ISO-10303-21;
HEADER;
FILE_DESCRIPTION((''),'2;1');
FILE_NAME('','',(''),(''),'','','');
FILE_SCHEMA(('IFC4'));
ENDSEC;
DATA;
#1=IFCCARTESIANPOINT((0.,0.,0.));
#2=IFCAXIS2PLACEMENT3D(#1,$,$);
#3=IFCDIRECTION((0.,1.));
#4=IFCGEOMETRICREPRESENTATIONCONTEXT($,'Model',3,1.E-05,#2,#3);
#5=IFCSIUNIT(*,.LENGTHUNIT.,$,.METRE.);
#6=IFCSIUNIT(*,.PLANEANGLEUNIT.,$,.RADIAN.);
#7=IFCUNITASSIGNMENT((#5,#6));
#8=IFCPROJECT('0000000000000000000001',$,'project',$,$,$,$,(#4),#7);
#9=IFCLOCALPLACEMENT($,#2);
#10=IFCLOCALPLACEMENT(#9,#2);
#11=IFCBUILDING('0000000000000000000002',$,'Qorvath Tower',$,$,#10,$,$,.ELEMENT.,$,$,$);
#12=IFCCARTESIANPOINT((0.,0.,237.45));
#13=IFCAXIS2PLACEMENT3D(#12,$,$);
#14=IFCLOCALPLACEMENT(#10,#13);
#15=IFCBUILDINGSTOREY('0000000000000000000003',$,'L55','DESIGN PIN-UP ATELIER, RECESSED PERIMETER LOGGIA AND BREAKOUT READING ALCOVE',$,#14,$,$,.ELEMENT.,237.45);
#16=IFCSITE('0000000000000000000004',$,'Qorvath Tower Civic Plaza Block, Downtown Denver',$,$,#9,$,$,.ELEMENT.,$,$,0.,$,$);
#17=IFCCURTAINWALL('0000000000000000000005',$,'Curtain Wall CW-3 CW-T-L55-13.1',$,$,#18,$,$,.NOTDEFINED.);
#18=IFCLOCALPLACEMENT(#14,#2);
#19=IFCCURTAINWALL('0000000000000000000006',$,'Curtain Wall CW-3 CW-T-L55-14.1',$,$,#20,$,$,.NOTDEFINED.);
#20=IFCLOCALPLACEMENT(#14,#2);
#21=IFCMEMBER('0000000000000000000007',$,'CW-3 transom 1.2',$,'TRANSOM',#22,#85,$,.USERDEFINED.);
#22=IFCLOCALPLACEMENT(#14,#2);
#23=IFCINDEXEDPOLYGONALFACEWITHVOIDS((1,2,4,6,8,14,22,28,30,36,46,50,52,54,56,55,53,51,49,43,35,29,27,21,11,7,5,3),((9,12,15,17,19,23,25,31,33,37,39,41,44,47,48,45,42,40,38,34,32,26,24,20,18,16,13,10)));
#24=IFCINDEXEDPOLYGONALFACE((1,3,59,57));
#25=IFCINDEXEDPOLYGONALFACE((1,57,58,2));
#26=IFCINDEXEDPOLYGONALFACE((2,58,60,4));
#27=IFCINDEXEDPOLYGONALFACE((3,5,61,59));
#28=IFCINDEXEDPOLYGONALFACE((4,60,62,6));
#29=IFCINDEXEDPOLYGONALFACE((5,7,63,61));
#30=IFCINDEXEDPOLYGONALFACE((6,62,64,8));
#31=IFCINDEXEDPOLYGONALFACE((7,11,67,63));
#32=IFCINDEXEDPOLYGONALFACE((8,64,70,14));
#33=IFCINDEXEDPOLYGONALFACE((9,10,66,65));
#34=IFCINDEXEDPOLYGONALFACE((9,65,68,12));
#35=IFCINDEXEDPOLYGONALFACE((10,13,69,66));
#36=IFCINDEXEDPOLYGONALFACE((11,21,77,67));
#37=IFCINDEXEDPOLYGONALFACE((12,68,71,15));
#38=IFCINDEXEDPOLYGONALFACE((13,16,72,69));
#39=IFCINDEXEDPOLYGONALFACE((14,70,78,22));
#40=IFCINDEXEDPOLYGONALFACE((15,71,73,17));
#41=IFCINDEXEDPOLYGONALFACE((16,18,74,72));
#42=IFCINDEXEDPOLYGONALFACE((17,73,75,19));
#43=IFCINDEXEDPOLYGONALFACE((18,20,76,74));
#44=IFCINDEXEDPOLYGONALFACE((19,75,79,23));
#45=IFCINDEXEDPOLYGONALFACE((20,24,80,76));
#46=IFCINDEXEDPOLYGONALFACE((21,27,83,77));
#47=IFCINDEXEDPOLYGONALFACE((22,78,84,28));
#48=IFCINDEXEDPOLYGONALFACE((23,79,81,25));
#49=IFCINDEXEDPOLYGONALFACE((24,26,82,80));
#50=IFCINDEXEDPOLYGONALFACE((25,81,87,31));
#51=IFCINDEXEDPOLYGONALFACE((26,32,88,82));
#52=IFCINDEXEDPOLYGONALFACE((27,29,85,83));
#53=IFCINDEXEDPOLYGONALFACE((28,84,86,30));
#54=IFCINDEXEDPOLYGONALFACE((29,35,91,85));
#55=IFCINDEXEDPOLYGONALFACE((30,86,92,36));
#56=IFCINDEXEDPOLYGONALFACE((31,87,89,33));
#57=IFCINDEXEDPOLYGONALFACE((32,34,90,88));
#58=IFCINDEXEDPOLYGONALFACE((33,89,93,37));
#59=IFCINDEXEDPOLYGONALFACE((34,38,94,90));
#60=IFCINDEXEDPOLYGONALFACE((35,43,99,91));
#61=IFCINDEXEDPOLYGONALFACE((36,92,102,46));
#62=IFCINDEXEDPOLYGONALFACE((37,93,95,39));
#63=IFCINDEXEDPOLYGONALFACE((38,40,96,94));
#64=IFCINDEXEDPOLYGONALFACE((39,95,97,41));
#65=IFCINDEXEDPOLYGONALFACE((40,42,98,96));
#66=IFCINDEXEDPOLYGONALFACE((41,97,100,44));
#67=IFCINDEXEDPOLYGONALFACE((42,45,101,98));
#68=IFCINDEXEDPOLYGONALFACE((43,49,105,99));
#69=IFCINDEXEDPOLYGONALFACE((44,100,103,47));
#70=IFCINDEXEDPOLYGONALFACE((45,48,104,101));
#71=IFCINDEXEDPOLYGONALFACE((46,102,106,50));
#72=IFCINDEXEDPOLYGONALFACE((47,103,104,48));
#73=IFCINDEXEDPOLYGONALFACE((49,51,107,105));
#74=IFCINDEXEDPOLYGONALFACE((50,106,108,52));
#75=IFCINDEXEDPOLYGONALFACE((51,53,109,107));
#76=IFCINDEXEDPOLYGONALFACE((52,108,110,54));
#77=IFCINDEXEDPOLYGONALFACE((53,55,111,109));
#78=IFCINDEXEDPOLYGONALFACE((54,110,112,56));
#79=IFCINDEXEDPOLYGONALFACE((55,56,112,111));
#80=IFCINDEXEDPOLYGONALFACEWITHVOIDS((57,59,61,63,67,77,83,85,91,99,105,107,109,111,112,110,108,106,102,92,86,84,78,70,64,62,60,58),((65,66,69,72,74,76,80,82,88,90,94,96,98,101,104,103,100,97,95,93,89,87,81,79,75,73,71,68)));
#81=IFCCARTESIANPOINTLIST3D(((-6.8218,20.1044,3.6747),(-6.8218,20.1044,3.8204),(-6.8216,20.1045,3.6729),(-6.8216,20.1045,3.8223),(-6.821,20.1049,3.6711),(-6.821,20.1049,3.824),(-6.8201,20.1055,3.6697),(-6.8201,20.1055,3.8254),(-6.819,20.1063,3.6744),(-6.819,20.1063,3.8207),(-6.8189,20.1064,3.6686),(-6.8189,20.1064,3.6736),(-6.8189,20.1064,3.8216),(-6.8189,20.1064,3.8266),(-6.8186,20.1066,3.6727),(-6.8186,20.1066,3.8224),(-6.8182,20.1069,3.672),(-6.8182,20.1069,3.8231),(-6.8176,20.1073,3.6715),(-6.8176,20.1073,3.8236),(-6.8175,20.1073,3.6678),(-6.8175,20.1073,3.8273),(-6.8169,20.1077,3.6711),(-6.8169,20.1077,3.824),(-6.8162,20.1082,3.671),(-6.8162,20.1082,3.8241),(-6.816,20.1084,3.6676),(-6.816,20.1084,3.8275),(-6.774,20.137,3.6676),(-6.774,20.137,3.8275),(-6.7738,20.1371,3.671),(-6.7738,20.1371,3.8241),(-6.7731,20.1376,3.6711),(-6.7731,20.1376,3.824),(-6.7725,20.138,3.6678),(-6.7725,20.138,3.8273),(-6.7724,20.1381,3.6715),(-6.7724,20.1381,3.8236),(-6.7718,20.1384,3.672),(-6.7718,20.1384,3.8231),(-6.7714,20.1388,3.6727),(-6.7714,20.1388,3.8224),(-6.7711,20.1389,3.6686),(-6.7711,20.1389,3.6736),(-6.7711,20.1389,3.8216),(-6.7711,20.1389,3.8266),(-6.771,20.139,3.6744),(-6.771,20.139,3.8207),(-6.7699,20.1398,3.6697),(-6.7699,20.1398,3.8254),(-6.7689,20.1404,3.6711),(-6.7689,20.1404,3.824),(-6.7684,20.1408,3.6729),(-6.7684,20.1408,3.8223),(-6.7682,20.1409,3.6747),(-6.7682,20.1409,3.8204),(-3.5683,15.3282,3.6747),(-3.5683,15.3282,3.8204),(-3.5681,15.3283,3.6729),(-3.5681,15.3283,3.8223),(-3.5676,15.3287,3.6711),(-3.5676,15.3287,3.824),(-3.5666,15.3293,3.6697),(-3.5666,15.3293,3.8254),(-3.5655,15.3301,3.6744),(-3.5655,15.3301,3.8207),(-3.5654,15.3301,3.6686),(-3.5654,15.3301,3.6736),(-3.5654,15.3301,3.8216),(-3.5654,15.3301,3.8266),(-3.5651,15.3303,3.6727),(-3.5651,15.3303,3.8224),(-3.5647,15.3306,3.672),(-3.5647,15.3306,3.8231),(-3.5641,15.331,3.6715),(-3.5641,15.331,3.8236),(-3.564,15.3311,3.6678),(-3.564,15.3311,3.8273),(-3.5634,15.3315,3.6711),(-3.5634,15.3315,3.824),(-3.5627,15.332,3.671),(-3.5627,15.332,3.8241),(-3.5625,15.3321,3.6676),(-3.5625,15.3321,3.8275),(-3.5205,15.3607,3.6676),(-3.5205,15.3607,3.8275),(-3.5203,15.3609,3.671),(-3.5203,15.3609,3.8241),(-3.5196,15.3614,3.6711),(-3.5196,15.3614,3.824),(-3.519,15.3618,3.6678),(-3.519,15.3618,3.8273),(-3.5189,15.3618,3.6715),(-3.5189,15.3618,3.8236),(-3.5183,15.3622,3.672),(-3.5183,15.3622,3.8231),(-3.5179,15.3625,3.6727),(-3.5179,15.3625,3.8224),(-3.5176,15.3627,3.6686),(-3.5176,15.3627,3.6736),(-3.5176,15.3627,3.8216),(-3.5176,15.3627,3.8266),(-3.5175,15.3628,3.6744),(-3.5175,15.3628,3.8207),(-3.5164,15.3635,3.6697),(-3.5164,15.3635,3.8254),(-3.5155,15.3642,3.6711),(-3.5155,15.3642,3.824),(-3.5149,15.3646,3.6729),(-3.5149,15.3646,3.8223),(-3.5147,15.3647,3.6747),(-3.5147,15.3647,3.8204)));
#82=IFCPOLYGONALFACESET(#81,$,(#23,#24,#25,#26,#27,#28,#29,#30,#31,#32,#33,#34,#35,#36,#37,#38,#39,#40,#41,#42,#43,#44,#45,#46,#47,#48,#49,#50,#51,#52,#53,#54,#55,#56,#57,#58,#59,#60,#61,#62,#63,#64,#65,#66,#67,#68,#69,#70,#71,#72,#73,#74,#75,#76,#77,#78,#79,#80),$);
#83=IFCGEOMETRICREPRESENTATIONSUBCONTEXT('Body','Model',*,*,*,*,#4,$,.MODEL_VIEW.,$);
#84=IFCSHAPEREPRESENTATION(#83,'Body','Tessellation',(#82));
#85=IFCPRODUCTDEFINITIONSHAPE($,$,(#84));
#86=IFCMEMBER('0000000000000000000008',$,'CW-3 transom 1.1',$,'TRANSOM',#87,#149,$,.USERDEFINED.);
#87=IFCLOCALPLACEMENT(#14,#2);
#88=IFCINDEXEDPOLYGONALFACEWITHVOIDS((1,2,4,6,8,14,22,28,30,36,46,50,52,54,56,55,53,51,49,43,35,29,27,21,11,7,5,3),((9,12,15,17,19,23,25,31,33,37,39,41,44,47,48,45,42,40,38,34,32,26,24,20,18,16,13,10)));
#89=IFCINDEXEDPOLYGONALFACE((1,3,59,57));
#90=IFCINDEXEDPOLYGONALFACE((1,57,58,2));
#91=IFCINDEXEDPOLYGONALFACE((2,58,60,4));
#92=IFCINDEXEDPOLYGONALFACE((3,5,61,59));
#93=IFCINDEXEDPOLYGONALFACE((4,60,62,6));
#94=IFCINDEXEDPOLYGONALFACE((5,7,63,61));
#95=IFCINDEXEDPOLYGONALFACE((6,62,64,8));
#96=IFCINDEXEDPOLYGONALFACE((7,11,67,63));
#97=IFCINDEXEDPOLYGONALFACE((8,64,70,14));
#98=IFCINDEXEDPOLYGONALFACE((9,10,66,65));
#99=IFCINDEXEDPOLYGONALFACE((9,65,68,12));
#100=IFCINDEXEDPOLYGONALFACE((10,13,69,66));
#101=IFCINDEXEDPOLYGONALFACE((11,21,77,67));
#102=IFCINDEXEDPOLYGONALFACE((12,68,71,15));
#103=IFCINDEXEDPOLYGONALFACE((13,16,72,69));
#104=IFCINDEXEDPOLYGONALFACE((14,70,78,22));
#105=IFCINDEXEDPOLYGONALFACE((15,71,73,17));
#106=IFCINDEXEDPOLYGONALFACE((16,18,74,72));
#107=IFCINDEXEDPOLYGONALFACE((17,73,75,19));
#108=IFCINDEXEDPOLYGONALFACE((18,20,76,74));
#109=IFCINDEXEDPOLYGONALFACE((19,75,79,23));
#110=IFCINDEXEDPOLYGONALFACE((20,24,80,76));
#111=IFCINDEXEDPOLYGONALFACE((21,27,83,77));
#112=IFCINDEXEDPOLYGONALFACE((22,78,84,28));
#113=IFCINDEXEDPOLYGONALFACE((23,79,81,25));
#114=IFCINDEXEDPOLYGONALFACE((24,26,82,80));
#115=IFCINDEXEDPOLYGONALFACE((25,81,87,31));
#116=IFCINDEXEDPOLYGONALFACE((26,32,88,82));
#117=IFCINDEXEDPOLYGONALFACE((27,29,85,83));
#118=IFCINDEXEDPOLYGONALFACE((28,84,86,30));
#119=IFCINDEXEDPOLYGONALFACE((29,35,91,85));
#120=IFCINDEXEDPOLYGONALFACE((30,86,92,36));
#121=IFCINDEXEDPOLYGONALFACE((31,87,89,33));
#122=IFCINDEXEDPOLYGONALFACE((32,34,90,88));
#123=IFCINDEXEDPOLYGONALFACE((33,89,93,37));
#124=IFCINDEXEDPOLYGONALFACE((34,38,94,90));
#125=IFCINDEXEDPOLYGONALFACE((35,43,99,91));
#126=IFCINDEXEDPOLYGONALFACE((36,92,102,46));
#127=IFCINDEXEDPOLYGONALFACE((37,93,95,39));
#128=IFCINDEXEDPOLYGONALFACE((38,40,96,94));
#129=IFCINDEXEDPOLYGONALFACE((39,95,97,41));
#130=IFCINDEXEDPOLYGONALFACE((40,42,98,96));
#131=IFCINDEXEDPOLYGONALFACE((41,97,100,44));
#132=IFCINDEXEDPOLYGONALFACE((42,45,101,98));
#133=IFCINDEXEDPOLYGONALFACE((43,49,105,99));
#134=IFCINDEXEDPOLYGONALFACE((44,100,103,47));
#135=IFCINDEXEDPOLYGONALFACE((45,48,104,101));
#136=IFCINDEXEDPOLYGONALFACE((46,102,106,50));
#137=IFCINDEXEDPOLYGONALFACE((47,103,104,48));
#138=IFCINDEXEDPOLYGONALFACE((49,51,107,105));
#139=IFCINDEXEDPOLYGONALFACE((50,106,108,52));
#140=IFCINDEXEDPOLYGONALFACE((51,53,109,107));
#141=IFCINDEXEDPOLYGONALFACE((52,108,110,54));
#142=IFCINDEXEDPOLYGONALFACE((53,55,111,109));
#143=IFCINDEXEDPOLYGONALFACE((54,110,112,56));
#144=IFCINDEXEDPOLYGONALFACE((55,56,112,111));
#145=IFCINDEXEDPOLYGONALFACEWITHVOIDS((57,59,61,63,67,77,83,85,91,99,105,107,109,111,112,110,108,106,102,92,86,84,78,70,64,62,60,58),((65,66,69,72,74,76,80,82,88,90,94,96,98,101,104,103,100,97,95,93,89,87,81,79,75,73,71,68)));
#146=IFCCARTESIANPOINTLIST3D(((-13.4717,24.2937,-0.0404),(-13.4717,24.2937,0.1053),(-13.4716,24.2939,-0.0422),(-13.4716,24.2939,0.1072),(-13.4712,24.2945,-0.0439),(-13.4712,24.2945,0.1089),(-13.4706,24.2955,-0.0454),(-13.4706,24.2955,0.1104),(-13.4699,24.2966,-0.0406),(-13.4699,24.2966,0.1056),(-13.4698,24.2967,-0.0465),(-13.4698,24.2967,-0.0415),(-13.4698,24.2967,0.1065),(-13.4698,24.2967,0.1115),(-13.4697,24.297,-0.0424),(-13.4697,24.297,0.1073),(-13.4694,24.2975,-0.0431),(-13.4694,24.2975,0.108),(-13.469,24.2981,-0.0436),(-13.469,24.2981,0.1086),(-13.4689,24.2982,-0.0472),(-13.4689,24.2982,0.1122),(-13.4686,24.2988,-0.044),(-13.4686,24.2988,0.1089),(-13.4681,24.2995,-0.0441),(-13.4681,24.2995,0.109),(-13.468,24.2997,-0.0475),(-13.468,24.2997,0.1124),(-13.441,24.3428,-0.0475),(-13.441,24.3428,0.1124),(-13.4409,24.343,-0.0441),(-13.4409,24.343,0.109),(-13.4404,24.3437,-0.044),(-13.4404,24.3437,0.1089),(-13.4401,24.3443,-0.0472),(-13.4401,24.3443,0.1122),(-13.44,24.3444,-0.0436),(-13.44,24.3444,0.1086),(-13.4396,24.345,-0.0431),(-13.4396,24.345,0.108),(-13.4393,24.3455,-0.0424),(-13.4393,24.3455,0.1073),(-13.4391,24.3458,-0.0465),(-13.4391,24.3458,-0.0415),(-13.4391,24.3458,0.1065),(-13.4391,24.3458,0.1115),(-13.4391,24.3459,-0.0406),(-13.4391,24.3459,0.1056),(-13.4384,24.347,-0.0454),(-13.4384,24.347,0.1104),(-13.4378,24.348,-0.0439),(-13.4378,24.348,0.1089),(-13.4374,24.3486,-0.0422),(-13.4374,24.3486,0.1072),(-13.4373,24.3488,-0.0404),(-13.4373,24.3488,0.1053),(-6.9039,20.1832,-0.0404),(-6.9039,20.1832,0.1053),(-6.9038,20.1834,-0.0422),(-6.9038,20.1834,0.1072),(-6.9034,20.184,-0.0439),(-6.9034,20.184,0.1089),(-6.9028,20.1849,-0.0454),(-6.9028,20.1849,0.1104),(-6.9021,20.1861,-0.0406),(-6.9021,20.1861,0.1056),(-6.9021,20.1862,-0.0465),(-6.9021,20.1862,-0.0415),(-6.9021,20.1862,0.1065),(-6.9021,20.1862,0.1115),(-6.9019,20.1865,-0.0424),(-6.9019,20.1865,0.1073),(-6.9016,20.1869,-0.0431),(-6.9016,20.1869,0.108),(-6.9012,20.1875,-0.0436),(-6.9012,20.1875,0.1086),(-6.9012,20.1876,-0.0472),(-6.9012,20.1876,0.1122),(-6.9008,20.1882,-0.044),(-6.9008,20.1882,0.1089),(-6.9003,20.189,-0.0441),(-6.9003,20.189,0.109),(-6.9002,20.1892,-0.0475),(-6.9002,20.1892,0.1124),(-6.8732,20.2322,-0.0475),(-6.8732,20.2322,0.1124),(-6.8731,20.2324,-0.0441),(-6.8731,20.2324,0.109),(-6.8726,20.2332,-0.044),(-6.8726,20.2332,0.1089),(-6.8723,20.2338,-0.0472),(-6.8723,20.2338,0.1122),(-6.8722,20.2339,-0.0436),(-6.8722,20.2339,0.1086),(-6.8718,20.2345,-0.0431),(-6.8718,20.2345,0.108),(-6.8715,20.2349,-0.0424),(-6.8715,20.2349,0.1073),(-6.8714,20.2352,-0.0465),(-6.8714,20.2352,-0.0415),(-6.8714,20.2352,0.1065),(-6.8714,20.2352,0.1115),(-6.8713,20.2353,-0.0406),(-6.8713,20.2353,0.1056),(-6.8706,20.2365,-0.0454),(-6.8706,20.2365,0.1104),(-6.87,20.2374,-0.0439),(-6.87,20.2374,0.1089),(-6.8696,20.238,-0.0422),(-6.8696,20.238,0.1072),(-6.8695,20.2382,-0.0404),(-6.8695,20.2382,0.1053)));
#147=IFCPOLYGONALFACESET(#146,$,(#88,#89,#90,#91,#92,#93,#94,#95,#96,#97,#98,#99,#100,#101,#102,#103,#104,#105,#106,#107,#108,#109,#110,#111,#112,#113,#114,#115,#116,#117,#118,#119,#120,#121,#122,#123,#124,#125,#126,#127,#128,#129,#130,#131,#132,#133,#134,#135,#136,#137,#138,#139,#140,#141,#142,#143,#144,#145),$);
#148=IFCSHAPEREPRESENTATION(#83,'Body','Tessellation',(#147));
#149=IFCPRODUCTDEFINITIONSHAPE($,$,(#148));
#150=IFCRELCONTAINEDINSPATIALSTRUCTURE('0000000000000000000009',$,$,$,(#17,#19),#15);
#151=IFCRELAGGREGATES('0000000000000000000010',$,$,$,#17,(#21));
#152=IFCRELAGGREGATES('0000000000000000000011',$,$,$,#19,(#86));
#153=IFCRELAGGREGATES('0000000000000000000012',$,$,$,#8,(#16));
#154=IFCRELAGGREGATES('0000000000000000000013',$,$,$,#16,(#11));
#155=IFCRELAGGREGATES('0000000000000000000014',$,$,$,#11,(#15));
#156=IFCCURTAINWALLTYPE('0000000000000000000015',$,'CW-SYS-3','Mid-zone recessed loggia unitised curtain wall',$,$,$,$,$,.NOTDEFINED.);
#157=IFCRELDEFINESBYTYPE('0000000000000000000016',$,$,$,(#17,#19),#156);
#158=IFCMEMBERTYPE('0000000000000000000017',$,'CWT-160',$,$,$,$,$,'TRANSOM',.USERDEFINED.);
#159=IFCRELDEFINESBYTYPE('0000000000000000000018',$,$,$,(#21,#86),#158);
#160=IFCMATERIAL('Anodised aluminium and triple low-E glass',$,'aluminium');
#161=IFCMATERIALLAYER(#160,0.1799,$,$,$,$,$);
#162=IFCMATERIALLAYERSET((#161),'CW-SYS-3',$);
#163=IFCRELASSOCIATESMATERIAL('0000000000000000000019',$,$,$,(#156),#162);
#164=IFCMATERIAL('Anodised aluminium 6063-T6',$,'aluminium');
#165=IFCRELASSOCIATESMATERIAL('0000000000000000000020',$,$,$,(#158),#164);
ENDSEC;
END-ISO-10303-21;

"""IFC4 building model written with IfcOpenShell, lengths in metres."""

from ifc_helpers import new_model, si_unit, direction, frame, origin, origin_2d, place, context, subcontext, project, spatial, hollow_rectangle, extrude, material, layer, layer_set, material_profile, profile_set, type_object, element, aggregate, save


model = new_model("IFC4")

# Units and contexts
model_context = context("Model", 3, precision=1e-05, world=origin(), true_north=direction((0.0, 1.0)))
body_context = subcontext(model_context, "Body", "Model", "MODEL_VIEW")
ifc_project = project(units=[si_unit("LENGTHUNIT", "METRE"), si_unit("PLANEANGLEUNIT", "RADIAN")], contexts=[model_context])

# Site, building, storey
site_placement = place(None, origin())
site = spatial("IfcSite", under=ifc_project, at=site_placement, Name="Qorvath Tower Civic Plaza Block, Downtown Denver", CompositionType="ELEMENT", RefElevation=0.0)
building_placement = place(site_placement, origin())
building = spatial("IfcBuilding", under=site, at=building_placement, Name="Qorvath Tower", CompositionType="ELEMENT")
storey_placement = place(building_placement, frame((0.0, 0.0, 237.45)))
storey = spatial("IfcBuildingStorey", under=building, at=storey_placement, Name="L55", Description="DESIGN PIN-UP ATELIER, RECESSED PERIMETER LOGGIA AND BREAKOUT READING ALCOVE", CompositionType="ELEMENT", Elevation=237.45)

# Shared definitions
ifc_material_1 = material(Name="Anodised aluminium and triple low-E glass", Category="aluminium")
ifc_layer_1 = layer(ifc_material_1, 0.1799)
ifc_layer_set_1 = layer_set([ifc_layer_1], Name="CW-SYS-3")
curtain_wall_type = type_object("IfcCurtainWallType", Name="CW-SYS-3", Description="Mid-zone recessed loggia unitised curtain wall", PredefinedType="NOTDEFINED", material=ifc_layer_set_1)

# Curtain walls
curtain_wall_1_placement = place(storey_placement, origin())
curtain_wall_1 = element("IfcCurtainWall", 1, at=curtain_wall_1_placement, inside=storey, type_object=curtain_wall_type, Name="Curtain Wall CW-3 CW-T-L55-13.1", PredefinedType="NOTDEFINED")
curtain_wall_2_placement = place(storey_placement, origin())
curtain_wall_2 = element("IfcCurtainWall", 2, at=curtain_wall_2_placement, inside=storey, type_object=curtain_wall_type, Name="Curtain Wall CW-3 CW-T-L55-14.1", PredefinedType="NOTDEFINED")

# Members
ifc_material_2 = material(Name="Anodised aluminium 6063-T6", Category="aluminium")
ifc_material_profile_1 = material_profile(ifc_material_2, hollow_rectangle(XDim=0.0649, YDim=0.1599, WallThickness=0.0034, InnerFilletRadius=0.0034, OuterFilletRadius=0.0071, at=origin_2d()), Name="CWT 160x65")
ifc_profile_set_1 = profile_set([ifc_material_profile_1], Name="Anodised aluminium 6063-T6")
member_type_1 = type_object("IfcMemberType", Name="CWT-160", ElementType="TRANSOM", PredefinedType="USERDEFINED", material=ifc_profile_set_1)
member_1_placement = place(storey_placement, frame((-3.5415, 15.3464, 3.7476), z_axis=(-0.562979, 0.826471, 0.0), x_axis=(-0.826471, -0.562979, 0.0)))
member_1 = element("IfcMember", 3, at=member_1_placement, type_object=member_type_1, Name="CW-3 transom 1.2", ObjectType="TRANSOM", PredefinedType="USERDEFINED", context=body_context, shape_type="SweptSolid", body=[
    extrude(hollow_rectangle(XDim=0.0649, YDim=0.1599, WallThickness=0.0034, InnerFilletRadius=0.0034, OuterFilletRadius=0.0071, at=origin_2d()), origin(), (0.0, 0.0, 1.0), 5.7791),
])
member_2_placement = place(storey_placement, frame((-6.8867, 20.2107, 0.0325), z_axis=(-0.847669, 0.530526, 0.0), x_axis=(-0.530526, -0.847669, 0.0)))
member_2 = element("IfcMember", 4, at=member_2_placement, type_object=member_type_1, Name="CW-3 transom 1.1", ObjectType="TRANSOM", PredefinedType="USERDEFINED", context=body_context, shape_type="SweptSolid", body=[
    extrude(hollow_rectangle(XDim=0.0649, YDim=0.1599, WallThickness=0.0034, InnerFilletRadius=0.0034, OuterFilletRadius=0.0071, at=origin_2d()), origin(), (0.0, 0.0, 1.0), 7.748),
])

aggregate(curtain_wall_1, [member_1])
aggregate(curtain_wall_2, [member_2])

save(model, "model.ifc")
